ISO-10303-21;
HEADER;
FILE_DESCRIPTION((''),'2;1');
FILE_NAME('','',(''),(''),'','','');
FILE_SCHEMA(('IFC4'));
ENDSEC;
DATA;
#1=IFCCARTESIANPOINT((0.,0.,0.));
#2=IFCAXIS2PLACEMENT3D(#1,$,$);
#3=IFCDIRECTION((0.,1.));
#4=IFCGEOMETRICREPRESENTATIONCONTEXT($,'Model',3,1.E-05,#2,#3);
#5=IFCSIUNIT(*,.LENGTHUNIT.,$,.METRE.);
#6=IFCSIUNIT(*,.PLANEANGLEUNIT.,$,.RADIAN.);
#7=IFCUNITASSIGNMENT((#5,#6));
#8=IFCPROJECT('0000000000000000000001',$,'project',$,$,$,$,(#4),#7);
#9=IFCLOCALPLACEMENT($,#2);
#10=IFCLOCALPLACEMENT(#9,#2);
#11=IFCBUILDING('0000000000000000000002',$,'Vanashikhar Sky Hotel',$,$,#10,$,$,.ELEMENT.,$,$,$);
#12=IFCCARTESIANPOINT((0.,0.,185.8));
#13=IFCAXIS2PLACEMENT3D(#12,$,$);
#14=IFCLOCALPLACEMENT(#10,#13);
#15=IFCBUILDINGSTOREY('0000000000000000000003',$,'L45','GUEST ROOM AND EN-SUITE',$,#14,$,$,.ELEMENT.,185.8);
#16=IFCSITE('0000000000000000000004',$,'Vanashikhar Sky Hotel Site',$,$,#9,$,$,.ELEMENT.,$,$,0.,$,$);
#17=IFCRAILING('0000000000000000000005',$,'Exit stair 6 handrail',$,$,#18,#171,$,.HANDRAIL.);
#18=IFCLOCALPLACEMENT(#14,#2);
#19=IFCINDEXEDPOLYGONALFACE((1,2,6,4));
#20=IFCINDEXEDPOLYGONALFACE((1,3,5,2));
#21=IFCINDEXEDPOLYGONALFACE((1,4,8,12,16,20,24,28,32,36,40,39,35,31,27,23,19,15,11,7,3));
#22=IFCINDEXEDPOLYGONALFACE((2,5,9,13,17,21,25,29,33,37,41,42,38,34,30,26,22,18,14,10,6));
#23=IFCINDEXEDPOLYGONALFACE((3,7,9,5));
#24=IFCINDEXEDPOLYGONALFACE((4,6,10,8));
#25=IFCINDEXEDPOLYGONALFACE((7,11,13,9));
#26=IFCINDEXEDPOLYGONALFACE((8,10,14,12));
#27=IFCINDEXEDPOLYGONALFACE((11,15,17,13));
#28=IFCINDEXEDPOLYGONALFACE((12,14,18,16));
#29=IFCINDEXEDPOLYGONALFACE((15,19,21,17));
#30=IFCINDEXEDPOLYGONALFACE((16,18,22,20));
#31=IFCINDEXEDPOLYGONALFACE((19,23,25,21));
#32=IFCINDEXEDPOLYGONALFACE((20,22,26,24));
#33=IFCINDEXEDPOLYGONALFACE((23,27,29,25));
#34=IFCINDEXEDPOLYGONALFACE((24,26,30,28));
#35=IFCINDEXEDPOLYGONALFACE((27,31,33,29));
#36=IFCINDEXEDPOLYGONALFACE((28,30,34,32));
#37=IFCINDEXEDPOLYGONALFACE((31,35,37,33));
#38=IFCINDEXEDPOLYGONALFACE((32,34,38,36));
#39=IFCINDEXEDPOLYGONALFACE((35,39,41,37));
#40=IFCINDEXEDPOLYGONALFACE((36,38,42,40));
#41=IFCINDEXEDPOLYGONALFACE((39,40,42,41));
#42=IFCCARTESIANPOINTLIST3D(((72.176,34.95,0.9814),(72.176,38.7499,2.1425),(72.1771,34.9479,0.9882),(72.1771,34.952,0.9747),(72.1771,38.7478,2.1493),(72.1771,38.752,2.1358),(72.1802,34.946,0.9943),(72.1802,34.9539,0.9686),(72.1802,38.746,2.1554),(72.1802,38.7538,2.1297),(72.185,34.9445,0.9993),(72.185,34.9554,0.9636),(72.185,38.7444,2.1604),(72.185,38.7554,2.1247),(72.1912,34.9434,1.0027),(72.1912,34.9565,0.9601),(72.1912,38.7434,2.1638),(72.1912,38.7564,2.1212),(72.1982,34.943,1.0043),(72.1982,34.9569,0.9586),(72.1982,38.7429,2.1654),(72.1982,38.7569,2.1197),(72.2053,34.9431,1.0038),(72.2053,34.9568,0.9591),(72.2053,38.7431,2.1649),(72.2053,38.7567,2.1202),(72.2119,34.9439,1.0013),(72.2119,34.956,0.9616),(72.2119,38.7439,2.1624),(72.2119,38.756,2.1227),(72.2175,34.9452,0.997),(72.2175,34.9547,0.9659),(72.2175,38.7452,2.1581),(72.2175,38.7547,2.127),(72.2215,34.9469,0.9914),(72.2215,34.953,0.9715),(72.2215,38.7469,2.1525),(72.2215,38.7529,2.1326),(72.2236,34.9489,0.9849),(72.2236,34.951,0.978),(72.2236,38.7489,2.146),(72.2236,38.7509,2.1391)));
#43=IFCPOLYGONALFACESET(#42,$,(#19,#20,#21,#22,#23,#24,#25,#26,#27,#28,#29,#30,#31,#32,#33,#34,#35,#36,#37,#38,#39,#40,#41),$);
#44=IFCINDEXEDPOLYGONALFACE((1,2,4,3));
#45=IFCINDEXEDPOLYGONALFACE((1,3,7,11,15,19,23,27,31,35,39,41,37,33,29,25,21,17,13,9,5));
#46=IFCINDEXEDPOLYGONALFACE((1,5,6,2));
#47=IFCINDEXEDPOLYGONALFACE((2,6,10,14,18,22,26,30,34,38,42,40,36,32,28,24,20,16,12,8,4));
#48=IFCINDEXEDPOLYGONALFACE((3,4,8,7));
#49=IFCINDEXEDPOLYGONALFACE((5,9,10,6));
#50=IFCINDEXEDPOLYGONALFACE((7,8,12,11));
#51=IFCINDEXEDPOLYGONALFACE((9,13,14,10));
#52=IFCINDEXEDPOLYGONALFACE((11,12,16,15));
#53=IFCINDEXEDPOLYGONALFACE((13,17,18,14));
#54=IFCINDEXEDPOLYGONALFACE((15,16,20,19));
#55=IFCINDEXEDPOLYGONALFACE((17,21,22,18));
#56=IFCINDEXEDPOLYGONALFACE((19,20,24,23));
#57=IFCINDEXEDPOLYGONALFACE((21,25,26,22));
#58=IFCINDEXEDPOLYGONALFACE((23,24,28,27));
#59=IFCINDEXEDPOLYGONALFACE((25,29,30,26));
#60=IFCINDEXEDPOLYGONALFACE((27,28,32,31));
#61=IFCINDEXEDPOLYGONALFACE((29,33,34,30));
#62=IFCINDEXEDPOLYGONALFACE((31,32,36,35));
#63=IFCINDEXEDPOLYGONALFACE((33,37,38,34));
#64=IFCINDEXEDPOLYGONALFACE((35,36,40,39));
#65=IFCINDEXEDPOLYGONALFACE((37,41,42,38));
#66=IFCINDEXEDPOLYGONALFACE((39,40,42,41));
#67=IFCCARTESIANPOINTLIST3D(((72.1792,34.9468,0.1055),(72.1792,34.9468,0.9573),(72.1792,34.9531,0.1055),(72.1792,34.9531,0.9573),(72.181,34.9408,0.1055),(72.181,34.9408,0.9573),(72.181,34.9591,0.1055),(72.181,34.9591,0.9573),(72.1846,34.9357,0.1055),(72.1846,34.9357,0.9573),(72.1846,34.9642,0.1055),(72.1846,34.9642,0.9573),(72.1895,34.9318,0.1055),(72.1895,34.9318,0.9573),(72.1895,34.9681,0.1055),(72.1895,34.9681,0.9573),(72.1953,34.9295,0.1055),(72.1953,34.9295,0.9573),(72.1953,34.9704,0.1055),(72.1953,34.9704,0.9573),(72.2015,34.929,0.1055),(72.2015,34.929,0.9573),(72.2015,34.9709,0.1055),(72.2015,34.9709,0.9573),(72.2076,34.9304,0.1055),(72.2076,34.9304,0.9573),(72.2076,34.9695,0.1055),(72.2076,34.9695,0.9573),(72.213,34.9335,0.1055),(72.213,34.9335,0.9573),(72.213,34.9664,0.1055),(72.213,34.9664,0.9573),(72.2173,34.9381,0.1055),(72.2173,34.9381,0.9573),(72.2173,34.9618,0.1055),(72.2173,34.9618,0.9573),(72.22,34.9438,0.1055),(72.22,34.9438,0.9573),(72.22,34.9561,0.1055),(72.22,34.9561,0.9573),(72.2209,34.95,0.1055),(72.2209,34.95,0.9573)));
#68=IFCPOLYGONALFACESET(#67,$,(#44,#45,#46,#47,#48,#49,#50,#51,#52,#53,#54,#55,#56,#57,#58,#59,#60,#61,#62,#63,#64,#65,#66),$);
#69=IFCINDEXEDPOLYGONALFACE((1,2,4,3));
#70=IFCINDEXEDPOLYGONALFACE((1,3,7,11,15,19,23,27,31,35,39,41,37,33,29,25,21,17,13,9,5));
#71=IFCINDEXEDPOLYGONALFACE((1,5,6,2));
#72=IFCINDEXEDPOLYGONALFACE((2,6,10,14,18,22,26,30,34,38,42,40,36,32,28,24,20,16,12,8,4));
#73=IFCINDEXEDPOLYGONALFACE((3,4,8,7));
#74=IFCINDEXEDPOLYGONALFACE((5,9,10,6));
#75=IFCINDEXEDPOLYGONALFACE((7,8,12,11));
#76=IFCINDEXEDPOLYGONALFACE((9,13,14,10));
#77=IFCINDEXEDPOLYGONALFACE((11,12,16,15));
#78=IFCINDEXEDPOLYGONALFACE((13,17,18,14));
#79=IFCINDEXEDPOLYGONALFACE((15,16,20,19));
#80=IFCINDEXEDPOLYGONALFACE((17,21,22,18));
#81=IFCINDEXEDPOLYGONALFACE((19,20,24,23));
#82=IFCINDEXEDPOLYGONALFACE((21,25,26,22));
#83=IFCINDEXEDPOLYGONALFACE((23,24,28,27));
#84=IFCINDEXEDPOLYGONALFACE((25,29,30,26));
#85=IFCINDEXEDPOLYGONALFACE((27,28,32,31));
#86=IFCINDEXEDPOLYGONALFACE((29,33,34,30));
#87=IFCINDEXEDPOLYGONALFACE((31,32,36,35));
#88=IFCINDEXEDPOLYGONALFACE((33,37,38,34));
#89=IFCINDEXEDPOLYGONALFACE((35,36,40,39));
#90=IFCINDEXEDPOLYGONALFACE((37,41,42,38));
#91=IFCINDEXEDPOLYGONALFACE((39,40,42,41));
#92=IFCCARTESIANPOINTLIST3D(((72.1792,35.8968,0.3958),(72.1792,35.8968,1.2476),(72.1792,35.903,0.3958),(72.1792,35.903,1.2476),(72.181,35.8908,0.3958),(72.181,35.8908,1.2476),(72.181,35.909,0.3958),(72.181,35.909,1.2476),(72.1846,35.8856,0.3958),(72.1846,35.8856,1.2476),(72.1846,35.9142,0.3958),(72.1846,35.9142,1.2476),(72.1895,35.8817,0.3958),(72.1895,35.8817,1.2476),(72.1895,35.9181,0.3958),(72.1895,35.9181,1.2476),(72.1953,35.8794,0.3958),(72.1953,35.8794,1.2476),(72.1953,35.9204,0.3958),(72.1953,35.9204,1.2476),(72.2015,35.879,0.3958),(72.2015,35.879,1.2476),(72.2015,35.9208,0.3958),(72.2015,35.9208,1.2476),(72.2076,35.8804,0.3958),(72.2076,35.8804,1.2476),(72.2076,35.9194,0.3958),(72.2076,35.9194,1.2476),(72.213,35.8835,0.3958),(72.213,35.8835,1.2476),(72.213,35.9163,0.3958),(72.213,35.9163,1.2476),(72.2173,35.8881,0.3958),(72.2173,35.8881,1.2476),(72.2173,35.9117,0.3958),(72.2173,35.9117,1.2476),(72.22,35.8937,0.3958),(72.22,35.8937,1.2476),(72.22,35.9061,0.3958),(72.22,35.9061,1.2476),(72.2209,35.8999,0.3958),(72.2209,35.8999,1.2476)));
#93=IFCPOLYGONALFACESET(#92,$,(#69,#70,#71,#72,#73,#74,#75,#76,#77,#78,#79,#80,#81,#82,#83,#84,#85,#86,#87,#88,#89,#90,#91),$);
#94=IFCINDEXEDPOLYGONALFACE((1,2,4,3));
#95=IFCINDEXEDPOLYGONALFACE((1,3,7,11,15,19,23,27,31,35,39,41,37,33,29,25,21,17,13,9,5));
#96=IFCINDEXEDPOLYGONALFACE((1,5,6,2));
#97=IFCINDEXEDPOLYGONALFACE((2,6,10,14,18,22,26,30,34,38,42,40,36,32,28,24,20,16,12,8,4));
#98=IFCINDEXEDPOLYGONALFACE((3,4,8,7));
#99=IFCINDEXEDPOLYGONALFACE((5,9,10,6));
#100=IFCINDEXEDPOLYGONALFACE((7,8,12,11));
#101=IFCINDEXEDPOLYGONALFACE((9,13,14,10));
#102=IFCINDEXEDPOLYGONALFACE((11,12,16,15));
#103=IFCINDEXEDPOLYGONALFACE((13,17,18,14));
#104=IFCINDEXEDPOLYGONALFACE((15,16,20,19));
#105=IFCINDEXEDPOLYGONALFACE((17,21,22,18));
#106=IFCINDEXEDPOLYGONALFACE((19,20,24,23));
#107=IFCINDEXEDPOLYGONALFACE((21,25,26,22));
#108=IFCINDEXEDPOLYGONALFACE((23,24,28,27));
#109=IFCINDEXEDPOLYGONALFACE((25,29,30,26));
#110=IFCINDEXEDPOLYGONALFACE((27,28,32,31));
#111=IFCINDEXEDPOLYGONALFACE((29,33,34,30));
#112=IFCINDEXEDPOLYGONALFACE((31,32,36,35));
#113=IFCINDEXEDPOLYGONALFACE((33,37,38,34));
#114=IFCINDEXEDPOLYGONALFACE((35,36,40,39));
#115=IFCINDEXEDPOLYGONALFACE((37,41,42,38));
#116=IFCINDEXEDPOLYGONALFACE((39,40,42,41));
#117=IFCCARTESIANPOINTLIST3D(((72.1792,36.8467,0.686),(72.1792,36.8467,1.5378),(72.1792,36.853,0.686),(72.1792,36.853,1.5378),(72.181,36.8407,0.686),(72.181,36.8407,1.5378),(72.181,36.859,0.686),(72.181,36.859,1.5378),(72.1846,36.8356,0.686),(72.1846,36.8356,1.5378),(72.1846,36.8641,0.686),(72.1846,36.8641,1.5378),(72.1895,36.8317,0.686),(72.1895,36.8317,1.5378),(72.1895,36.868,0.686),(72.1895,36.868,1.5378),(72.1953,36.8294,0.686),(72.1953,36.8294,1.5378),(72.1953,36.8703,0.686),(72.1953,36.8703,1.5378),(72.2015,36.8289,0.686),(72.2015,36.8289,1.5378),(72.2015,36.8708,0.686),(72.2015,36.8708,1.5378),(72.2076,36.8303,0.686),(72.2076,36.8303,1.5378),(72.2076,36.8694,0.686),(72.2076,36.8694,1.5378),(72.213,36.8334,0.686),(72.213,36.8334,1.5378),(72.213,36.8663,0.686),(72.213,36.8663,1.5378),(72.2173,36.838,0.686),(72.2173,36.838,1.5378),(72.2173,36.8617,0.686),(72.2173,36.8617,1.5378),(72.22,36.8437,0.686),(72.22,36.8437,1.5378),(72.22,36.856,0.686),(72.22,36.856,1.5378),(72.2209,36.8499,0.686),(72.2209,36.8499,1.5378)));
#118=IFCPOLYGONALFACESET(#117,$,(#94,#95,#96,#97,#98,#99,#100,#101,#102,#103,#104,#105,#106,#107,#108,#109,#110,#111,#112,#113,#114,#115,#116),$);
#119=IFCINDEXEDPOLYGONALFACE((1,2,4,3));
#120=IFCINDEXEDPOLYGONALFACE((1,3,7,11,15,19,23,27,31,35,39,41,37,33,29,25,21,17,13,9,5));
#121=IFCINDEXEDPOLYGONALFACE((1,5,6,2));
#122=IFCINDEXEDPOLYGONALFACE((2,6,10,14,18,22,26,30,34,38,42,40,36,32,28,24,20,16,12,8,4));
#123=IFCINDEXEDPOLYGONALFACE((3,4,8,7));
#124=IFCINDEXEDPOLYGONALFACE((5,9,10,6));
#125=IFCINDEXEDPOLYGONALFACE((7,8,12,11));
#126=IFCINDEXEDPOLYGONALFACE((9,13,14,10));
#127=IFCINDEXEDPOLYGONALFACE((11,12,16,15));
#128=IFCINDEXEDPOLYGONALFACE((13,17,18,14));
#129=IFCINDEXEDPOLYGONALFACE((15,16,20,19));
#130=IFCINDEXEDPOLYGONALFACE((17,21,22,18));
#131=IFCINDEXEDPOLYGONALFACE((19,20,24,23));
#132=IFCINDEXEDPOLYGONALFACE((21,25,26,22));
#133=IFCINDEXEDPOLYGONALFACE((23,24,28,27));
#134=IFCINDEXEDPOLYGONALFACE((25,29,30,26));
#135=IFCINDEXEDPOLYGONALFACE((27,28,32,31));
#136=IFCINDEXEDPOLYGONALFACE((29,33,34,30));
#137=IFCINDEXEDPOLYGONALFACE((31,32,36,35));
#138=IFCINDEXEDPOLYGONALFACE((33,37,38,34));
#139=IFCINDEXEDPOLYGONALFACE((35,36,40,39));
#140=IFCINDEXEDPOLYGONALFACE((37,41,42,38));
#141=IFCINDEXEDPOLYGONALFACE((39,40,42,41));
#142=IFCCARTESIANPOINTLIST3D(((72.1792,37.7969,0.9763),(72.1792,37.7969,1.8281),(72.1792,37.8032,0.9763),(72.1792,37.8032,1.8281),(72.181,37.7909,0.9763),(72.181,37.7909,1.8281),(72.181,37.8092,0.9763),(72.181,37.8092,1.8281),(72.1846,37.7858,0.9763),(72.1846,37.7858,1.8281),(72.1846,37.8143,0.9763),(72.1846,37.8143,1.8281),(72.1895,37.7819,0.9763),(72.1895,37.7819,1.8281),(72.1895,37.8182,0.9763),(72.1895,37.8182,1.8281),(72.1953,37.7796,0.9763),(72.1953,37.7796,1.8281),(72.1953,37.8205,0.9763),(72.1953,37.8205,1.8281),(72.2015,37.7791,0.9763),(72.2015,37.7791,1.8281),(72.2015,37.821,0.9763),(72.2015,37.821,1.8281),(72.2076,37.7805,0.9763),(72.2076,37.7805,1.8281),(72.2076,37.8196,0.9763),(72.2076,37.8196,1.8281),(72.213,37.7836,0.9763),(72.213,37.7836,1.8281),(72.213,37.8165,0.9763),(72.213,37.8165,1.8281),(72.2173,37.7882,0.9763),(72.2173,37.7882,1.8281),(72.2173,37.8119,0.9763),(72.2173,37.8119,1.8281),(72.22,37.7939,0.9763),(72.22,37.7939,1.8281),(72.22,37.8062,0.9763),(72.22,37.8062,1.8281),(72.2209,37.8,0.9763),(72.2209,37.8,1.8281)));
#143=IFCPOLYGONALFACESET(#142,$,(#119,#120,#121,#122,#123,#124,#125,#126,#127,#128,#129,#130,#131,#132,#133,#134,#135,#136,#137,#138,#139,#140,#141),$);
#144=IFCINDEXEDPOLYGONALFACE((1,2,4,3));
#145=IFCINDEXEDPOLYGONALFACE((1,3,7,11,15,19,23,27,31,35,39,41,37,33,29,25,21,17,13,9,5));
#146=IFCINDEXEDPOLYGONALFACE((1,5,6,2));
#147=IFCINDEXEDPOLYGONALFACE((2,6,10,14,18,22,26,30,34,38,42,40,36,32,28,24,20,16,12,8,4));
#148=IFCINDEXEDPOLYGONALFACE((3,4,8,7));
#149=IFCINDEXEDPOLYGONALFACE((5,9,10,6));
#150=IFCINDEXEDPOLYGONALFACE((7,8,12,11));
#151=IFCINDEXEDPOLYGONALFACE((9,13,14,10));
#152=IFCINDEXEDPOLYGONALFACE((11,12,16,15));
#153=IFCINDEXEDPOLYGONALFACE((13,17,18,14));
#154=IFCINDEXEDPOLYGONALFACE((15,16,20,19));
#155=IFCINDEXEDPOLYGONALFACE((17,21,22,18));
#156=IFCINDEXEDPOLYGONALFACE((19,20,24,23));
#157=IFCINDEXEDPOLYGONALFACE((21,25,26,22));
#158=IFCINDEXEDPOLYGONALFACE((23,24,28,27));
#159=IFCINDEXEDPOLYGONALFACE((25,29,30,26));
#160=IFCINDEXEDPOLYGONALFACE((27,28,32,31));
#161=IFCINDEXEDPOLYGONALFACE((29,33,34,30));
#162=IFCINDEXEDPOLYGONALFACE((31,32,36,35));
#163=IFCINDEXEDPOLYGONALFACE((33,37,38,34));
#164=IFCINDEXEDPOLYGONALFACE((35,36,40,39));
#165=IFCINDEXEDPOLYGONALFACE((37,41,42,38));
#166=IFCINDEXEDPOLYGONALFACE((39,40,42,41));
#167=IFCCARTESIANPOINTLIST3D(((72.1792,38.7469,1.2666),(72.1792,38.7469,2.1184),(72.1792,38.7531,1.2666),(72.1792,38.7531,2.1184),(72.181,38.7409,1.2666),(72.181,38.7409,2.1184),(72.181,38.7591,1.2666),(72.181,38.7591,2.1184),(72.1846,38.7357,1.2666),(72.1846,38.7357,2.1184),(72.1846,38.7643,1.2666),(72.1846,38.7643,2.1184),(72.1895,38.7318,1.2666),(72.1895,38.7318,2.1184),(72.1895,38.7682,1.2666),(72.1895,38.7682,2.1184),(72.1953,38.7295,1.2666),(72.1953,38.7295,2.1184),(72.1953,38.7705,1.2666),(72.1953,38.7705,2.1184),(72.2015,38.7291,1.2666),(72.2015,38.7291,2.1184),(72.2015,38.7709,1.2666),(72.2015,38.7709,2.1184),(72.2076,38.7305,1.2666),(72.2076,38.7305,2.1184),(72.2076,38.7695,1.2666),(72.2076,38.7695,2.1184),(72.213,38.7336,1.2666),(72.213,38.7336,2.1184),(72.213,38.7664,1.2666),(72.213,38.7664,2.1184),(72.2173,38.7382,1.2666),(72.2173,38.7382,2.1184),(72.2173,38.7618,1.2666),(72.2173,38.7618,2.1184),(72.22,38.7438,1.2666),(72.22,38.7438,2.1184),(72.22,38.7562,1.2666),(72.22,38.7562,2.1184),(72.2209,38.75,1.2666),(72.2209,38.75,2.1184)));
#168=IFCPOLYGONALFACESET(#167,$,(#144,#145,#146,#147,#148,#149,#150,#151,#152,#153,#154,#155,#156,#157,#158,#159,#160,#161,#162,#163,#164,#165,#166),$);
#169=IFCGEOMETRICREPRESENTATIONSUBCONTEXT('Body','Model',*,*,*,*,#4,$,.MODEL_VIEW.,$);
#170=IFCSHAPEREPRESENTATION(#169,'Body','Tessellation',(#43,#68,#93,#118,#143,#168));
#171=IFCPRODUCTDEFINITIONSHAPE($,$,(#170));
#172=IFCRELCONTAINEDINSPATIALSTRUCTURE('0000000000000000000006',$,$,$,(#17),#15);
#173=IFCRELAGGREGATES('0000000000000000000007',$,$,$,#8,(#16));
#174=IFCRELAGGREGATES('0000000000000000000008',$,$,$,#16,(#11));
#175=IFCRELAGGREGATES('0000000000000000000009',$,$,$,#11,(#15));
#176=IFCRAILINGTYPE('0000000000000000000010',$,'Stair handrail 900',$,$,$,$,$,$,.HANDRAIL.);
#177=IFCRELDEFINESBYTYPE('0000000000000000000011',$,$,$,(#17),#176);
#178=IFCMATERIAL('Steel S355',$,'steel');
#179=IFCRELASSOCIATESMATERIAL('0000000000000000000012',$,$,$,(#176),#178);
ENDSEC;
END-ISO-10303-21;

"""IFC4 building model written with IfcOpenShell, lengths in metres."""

from ifc_helpers import new_model, si_unit, direction, frame, origin, origin_2d, place, context, subcontext, project, spatial, circle, extrude, source, transform, mapped, material, type_object, element, save


model = new_model("IFC4")

# Units and contexts
model_context = context("Model", 3, precision=1e-05, world=origin(), true_north=direction((0.0, 1.0)))
body_context = subcontext(model_context, "Body", "Model", "MODEL_VIEW")
ifc_project = project(units=[si_unit("LENGTHUNIT", "METRE"), si_unit("PLANEANGLEUNIT", "RADIAN")], contexts=[model_context])

# Site, building, storey
site_placement = place(None, origin())
site = spatial("IfcSite", under=ifc_project, at=site_placement, Name="Vanashikhar Sky Hotel Site", CompositionType="ELEMENT", RefElevation=0.0)
building_placement = place(site_placement, origin())
building = spatial("IfcBuilding", under=site, at=building_placement, Name="Vanashikhar Sky Hotel", CompositionType="ELEMENT")
storey_placement = place(building_placement, frame((0.0, 0.0, 185.8)))
storey = spatial("IfcBuildingStorey", under=building, at=storey_placement, Name="L45", Description="GUEST ROOM AND EN-SUITE", CompositionType="ELEMENT", Elevation=185.8)

# Railing
ifc_material_1 = material(Name="Steel S355", Category="steel")
railing_type_1 = type_object("IfcRailingType", Name="Stair handrail 900", PredefinedType="HANDRAIL", material=ifc_material_1)
shared_shape_1 = source(origin(), body_context, "Body", "SweptSolid", [
    extrude(circle(Radius=0.0239, at=origin_2d()), frame((0.0, 0.0, 0.876), z_axis=(0.0, 0.956351, 0.29222), x_axis=(-1.0, 0.0, 0.0)), (0.0, 0.0, 1.0), 3.9734),
    extrude(circle(Radius=0.021, at=origin_2d()), origin(), (0.0, 0.0, 1.0), 0.8518),
    extrude(circle(Radius=0.021, at=origin_2d()), frame((0.0, 0.95, 0.2903)), (0.0, 0.0, 1.0), 0.8518),
    extrude(circle(Radius=0.021, at=origin_2d()), frame((0.0, 1.8999, 0.5806)), (0.0, 0.0, 1.0), 0.8518),
    extrude(circle(Radius=0.021, at=origin_2d()), frame((0.0, 2.8501, 0.8708)), (0.0, 0.0, 1.0), 0.8518),
    extrude(circle(Radius=0.021, at=origin_2d()), frame((0.0, 3.8, 1.1611)), (0.0, 0.0, 1.0), 0.8518),
])
for number, where, name in (
    (1, (72.2, 34.95, 0.1055), "Exit stair 6 handrail"),
):
    element("IfcRailing", number, at=place(storey_placement, frame(where)), inside=storey, type_object=railing_type_1, Name=name, PredefinedType="HANDRAIL", context=body_context, shape_type="MappedRepresentation", body=[
        mapped(shared_shape_1, transform((0.0, 0.0, 0.0), scale=1.0)),
    ])

save(model, "model.ifc")
